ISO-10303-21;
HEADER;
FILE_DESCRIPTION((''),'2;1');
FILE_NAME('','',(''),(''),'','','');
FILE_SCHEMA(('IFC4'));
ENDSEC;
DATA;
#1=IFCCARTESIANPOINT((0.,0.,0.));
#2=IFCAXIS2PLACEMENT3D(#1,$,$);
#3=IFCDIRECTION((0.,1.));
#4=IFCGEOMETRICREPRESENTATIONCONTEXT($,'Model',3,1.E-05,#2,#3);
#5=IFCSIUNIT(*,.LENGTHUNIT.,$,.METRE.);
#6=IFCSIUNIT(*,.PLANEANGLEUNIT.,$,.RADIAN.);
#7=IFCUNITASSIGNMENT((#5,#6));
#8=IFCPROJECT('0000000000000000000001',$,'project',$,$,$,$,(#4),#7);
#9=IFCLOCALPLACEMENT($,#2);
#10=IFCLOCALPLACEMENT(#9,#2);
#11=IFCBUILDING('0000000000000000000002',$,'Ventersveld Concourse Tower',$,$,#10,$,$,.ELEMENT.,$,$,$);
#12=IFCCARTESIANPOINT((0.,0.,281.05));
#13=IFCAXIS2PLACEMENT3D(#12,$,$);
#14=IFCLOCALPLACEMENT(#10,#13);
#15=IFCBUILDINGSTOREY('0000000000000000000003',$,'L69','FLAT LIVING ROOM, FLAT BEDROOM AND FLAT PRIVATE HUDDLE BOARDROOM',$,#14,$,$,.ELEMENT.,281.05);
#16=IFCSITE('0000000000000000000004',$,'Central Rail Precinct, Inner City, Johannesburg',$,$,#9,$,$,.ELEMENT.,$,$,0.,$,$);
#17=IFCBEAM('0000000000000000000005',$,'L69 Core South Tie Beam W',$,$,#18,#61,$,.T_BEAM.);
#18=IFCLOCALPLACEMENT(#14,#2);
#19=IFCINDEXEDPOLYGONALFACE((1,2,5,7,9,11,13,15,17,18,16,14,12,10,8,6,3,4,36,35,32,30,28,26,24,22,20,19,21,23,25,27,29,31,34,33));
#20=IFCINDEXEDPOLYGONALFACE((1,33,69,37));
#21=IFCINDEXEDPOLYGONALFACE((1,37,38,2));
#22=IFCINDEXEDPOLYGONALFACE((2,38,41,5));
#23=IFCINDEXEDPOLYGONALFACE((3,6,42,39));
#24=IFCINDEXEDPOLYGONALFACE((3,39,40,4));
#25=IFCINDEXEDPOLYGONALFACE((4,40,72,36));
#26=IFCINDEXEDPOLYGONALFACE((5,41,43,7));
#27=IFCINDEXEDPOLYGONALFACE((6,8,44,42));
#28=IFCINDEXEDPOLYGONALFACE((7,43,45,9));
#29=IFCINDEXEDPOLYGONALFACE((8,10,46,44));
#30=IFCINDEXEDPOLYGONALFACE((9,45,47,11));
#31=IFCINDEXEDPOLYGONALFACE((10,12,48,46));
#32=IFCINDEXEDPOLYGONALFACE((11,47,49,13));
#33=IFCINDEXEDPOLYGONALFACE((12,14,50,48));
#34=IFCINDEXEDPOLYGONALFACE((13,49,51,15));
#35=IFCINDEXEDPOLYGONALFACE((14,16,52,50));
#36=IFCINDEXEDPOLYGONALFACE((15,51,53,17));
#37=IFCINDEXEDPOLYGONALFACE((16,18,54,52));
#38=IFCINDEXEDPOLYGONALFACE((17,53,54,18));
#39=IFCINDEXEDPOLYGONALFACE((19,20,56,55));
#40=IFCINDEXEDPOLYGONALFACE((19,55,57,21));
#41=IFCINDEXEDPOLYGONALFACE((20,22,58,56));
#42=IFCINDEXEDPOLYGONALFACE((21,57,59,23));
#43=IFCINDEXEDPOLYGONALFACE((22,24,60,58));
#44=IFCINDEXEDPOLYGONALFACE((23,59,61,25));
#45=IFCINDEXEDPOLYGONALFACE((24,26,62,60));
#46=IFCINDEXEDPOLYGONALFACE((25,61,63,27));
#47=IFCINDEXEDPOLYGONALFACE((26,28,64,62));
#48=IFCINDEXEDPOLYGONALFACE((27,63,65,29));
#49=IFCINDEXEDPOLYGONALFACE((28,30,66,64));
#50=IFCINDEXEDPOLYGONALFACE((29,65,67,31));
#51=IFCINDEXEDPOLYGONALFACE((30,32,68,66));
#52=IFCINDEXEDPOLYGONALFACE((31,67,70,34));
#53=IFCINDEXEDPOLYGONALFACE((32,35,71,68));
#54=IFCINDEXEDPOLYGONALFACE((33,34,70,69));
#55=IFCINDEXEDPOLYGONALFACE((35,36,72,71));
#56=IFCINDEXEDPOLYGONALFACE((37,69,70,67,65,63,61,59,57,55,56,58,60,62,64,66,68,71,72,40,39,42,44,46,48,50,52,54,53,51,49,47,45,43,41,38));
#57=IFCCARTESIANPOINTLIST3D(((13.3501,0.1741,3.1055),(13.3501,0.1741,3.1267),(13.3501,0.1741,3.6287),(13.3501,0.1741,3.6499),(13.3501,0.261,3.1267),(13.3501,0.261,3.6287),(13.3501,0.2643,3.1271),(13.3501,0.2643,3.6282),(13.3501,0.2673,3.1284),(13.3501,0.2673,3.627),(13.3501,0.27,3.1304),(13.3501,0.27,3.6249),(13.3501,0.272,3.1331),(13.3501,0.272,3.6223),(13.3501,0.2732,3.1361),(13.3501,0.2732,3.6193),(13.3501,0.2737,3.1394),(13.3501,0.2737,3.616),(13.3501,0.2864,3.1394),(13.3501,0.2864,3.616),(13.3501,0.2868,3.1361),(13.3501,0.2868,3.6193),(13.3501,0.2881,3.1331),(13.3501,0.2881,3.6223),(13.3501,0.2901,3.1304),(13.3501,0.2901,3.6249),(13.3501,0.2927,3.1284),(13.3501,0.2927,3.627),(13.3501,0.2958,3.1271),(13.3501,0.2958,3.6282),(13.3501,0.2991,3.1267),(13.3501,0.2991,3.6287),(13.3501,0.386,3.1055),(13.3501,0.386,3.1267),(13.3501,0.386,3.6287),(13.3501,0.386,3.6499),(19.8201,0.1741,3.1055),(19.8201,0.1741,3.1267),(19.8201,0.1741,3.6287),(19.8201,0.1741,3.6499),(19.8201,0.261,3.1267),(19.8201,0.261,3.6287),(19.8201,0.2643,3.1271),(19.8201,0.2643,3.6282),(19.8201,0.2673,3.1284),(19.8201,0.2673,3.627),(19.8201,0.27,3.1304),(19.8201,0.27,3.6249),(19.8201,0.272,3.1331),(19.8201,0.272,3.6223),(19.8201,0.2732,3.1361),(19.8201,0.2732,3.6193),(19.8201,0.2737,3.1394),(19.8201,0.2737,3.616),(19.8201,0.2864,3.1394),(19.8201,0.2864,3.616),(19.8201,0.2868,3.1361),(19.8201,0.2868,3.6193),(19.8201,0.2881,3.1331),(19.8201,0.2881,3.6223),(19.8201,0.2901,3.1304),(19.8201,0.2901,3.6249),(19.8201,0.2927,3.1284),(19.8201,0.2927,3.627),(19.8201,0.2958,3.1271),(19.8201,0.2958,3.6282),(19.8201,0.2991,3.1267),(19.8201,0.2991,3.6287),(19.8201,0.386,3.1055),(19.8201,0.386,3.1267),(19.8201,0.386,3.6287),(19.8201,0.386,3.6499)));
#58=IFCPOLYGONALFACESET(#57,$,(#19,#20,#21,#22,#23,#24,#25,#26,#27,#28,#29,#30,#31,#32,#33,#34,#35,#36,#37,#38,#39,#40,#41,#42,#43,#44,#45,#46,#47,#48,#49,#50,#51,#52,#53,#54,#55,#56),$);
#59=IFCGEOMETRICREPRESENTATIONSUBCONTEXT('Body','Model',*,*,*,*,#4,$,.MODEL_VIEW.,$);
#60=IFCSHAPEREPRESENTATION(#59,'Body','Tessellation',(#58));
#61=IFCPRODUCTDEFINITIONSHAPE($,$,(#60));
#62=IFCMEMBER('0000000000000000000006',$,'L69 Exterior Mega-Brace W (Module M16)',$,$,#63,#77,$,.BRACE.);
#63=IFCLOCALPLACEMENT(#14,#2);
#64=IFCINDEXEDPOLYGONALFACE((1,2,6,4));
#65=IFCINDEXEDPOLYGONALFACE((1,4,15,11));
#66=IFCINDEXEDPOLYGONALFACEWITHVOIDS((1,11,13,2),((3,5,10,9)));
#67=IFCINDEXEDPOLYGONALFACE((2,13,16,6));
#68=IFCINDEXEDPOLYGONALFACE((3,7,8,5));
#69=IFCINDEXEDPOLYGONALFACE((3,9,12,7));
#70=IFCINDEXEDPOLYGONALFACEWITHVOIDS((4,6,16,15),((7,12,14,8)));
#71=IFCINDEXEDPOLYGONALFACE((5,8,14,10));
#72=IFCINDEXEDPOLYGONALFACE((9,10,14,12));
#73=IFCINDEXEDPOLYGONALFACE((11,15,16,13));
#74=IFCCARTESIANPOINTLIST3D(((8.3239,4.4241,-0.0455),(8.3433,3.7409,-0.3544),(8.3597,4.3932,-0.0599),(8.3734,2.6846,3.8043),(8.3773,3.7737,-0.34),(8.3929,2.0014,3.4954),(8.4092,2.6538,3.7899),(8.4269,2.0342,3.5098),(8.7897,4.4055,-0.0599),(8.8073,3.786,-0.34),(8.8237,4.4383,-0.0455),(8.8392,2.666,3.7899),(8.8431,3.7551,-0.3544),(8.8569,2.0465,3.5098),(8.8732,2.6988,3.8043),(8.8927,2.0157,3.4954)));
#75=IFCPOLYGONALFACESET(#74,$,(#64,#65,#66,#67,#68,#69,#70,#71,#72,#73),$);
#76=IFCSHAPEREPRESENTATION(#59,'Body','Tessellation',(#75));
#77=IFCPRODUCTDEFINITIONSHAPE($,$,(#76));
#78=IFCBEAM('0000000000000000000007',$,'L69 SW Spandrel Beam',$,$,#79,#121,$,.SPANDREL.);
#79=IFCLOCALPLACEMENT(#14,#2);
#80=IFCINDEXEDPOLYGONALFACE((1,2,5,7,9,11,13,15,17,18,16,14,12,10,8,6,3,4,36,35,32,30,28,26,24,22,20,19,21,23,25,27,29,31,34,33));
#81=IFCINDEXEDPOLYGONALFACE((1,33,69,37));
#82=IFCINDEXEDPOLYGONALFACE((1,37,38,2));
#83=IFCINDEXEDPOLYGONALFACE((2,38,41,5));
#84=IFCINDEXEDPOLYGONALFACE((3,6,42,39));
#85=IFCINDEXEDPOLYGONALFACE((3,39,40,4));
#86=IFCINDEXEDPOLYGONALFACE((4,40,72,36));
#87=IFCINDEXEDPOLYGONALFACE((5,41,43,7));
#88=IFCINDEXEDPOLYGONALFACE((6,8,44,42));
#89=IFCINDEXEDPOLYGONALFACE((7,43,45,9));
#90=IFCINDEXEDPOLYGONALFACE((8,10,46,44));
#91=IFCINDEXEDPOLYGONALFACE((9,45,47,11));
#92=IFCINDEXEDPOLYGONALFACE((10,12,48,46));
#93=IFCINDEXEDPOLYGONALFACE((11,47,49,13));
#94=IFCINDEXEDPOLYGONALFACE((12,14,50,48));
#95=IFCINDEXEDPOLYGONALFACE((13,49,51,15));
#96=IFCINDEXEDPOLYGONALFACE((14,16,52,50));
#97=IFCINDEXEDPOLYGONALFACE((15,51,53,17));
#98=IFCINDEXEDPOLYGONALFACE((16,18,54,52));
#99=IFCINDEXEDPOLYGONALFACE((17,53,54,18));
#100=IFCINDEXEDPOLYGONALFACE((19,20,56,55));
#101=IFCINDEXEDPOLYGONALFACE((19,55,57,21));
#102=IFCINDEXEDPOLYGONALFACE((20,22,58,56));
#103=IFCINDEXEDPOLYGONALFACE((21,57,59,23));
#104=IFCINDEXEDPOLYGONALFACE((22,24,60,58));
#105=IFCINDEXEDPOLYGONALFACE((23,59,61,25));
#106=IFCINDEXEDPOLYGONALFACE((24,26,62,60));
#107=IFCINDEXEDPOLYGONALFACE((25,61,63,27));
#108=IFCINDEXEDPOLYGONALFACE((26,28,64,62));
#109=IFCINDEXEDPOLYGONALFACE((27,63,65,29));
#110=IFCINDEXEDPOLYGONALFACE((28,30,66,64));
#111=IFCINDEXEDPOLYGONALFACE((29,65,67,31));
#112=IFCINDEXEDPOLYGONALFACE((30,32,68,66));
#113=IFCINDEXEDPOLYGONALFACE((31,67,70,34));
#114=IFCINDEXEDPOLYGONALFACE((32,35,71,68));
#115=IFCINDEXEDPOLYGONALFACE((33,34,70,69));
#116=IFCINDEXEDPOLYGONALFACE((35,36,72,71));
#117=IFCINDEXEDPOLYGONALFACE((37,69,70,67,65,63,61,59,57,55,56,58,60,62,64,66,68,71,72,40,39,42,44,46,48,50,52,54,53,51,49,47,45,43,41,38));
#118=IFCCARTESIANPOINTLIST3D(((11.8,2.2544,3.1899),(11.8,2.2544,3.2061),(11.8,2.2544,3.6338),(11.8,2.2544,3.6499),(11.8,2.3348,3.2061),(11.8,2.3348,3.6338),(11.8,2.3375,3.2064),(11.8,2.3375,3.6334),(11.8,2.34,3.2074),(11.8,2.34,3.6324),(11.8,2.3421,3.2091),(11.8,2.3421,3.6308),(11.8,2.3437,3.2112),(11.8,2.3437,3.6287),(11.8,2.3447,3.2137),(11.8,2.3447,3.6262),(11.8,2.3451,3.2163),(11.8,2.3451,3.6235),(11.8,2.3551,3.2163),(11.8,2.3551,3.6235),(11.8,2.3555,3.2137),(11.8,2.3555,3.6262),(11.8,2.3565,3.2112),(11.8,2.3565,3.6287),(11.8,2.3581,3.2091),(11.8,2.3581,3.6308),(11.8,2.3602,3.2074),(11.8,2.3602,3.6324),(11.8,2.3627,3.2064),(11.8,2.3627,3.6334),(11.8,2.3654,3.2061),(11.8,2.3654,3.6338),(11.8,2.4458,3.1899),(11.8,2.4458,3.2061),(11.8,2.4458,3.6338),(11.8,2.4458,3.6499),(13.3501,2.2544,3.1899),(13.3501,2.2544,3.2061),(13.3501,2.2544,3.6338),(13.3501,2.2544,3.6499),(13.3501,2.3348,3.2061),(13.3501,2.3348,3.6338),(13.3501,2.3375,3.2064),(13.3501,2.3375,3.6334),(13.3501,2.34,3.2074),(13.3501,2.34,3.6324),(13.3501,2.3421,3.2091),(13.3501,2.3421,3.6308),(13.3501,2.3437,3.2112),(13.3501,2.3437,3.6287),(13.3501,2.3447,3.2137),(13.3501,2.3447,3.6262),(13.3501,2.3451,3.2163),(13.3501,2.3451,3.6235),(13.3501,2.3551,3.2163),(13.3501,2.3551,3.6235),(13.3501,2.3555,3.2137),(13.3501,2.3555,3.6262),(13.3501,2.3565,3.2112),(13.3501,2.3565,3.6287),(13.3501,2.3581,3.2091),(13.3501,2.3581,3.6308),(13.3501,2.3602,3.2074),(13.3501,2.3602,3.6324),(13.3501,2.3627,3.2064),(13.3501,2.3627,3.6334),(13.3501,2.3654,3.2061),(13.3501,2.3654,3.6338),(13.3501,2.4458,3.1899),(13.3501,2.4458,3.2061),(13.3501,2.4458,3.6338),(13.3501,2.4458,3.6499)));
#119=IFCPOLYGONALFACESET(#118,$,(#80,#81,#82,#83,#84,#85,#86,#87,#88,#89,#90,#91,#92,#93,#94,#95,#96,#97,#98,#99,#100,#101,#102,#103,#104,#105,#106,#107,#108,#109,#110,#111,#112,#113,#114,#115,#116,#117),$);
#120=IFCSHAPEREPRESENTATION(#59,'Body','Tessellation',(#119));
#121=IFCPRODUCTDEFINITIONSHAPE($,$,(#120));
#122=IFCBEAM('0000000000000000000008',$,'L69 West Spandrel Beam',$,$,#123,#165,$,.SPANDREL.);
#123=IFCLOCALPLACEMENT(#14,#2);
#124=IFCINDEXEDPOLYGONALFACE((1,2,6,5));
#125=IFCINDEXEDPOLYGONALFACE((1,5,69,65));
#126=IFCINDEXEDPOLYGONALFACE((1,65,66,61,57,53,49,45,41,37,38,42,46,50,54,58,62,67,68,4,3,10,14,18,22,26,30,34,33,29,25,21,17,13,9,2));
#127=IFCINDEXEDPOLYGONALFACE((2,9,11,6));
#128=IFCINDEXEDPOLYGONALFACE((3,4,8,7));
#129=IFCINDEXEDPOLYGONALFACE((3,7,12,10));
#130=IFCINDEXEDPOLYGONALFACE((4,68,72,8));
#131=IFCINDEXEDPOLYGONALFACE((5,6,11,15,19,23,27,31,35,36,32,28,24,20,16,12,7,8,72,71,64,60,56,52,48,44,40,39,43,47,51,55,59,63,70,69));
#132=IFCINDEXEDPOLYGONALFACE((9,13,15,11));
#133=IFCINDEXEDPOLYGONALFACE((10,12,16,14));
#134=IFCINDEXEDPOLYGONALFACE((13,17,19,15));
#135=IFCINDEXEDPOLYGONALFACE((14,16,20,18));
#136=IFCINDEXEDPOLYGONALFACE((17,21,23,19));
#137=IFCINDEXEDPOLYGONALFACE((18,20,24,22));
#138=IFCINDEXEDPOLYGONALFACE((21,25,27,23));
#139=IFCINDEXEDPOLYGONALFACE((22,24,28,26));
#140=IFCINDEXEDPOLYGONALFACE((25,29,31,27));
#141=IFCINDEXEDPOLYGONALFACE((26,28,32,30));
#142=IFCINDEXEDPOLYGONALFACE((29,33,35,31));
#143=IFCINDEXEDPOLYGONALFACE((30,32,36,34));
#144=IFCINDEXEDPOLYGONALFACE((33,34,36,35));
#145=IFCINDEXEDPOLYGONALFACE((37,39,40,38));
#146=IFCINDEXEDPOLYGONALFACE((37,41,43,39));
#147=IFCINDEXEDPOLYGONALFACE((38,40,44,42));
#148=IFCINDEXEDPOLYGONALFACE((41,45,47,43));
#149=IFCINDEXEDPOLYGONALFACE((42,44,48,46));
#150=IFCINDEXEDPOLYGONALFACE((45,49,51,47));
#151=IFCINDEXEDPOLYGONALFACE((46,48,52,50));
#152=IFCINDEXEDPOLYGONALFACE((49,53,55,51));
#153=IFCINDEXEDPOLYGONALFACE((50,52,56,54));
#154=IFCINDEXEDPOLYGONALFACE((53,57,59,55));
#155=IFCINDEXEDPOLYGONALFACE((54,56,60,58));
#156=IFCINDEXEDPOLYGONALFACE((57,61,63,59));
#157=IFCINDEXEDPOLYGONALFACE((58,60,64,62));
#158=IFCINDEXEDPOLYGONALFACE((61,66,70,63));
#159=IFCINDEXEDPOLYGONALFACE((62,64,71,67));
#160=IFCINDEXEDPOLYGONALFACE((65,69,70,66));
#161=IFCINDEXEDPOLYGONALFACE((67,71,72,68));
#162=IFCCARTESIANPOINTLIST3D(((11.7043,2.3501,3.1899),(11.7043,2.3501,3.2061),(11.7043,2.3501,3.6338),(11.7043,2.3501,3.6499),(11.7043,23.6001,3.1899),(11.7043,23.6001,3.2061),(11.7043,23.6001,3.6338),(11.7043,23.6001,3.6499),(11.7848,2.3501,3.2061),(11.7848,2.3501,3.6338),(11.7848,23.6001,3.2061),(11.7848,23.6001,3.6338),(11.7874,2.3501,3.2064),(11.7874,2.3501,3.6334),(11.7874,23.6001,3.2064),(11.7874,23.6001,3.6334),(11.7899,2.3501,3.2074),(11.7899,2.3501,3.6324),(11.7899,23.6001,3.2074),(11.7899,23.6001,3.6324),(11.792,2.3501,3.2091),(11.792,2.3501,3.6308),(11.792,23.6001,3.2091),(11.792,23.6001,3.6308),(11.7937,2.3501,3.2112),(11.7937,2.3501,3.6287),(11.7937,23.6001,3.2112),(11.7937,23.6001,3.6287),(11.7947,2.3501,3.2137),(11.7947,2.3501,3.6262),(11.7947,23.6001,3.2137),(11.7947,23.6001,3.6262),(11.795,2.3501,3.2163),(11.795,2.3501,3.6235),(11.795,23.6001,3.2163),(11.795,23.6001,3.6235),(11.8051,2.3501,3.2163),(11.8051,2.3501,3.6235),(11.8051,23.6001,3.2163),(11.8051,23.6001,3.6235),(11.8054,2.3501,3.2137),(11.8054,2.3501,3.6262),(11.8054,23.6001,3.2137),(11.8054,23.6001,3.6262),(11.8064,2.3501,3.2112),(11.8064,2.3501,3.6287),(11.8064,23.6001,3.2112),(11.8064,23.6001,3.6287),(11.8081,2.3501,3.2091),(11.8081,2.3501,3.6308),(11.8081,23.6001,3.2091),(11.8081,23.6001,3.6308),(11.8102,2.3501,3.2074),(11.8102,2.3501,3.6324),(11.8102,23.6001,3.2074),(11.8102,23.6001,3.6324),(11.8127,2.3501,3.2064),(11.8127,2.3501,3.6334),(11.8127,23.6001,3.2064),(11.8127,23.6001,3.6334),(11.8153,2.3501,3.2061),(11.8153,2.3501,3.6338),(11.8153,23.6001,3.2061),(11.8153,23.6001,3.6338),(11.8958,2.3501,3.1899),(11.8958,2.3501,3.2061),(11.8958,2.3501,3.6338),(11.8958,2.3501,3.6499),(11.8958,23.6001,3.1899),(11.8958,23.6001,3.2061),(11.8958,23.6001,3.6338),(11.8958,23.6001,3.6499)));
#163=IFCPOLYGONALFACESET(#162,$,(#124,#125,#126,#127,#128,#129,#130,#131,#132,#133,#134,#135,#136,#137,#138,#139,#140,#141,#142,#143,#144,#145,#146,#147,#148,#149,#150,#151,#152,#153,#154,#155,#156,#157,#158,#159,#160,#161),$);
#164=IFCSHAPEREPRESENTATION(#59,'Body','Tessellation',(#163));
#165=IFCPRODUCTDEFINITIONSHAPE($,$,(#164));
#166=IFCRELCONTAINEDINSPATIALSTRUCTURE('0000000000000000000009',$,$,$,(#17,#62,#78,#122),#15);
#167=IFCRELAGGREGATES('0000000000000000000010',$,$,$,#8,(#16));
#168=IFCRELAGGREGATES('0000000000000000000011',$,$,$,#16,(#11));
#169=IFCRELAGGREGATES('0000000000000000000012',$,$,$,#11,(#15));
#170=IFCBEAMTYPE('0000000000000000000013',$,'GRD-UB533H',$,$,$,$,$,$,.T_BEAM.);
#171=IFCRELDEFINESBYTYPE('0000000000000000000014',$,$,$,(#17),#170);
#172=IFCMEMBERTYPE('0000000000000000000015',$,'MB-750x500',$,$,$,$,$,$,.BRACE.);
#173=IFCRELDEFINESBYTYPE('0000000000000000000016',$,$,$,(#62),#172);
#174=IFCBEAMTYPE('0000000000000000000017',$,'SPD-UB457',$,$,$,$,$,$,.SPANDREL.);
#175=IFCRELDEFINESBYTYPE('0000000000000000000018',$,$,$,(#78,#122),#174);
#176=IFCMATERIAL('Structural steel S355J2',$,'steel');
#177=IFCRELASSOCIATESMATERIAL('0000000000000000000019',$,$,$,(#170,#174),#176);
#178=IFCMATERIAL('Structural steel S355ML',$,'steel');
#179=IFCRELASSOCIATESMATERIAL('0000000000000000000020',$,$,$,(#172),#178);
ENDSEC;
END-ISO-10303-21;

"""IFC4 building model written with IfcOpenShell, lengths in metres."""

from ifc_helpers import new_model, si_unit, direction, frame, origin, origin_2d, place, context, subcontext, project, spatial, hollow_rectangle, i_section, extrude, material, material_profile, profile_set, type_object, element, save


model = new_model("IFC4")

# Units and contexts
model_context = context("Model", 3, precision=1e-05, world=origin(), true_north=direction((0.0, 1.0)))
body_context = subcontext(model_context, "Body", "Model", "MODEL_VIEW")
ifc_project = project(units=[si_unit("LENGTHUNIT", "METRE"), si_unit("PLANEANGLEUNIT", "RADIAN")], contexts=[model_context])

# Site, building, storey
site_placement = place(None, origin())
site = spatial("IfcSite", under=ifc_project, at=site_placement, Name="Central Rail Precinct, Inner City, Johannesburg", CompositionType="ELEMENT", RefElevation=0.0)
building_placement = place(site_placement, origin())
building = spatial("IfcBuilding", under=site, at=building_placement, Name="Ventersveld Concourse Tower", CompositionType="ELEMENT")
storey_placement = place(building_placement, frame((0.0, 0.0, 281.05)))
storey = spatial("IfcBuildingStorey", under=building, at=storey_placement, Name="L69", Description="FLAT LIVING ROOM, FLAT BEDROOM AND FLAT PRIVATE HUDDLE BOARDROOM", CompositionType="ELEMENT", Elevation=281.05)

# Beam
ifc_material_1 = material(Name="Structural steel S355J2", Category="steel")
ifc_material_profile_1 = material_profile(ifc_material_1, i_section(OverallWidth=0.2119, OverallDepth=0.5444, WebThickness=0.0127, FlangeThickness=0.0212, FilletRadius=0.0127, at=origin_2d()), Name="UB 533x210x122")
ifc_profile_set_1 = profile_set([ifc_material_profile_1], Name="Structural steel S355J2")
beam_type_1 = type_object("IfcBeamType", Name="GRD-UB533H", PredefinedType="T_BEAM", material=ifc_profile_set_1)
beam_1_placement = place(storey_placement, frame((13.3501, 0.28, 3.3777), z_axis=(1.0, 0.0, 0.0), x_axis=(0.0, 1.0, 0.0)))
element("IfcBeam", 1, at=beam_1_placement, inside=storey, type_object=beam_type_1, Name="L69 Core South Tie Beam W", PredefinedType="T_BEAM", context=body_context, shape_type="SweptSolid", body=[
    extrude(i_section(OverallWidth=0.2119, OverallDepth=0.5444, WebThickness=0.0127, FlangeThickness=0.0212, FilletRadius=0.0127, at=origin_2d()), origin(), (0.0, 0.0, 1.0), 6.47),
])

# Member
ifc_material_2 = material(Name="Structural steel S355ML", Category="steel")
ifc_material_profile_2 = material_profile(ifc_material_2, hollow_rectangle(XDim=0.5, YDim=0.75, WallThickness=0.0349, at=origin_2d()), Name="BOX 750x500x35")
ifc_profile_set_2 = profile_set([ifc_material_profile_2], Name="Structural steel S355ML")
member_type = type_object("IfcMemberType", Name="MB-750x500", PredefinedType="BRACE", material=ifc_profile_set_2)
member_placement = place(storey_placement, frame((8.5835, 4.0896, -0.2), z_axis=(0.011731, -0.411727, 0.911232), x_axis=(0.999594, 0.02848, 0.0)))
element("IfcMember", 2, at=member_placement, inside=storey, type_object=member_type, Name="L69 Exterior Mega-Brace W (Module M16)", PredefinedType="BRACE", context=body_context, shape_type="SweptSolid", body=[
    extrude(hollow_rectangle(XDim=0.5, YDim=0.75, WallThickness=0.0349, at=origin_2d()), origin(), (0.0, 0.0, 1.0), 4.2249),
])

# Beams
ifc_material_profile_3 = material_profile(ifc_material_1, i_section(OverallWidth=0.1914, OverallDepth=0.46, WebThickness=0.01, FlangeThickness=0.0161, FilletRadius=0.0103, at=origin_2d()), Name="UB 457x191x82")
ifc_profile_set_3 = profile_set([ifc_material_profile_3], Name="Structural steel S355J2")
beam_type_2 = type_object("IfcBeamType", Name="SPD-UB457", PredefinedType="SPANDREL", material=ifc_profile_set_3)
beam_2_placement = place(storey_placement, frame((11.8, 2.3501, 3.4199), z_axis=(1.0, 0.0, 0.0), x_axis=(0.0, 1.0, 0.0)))
element("IfcBeam", 3, at=beam_2_placement, inside=storey, type_object=beam_type_2, Name="L69 SW Spandrel Beam", PredefinedType="SPANDREL", context=body_context, shape_type="SweptSolid", body=[
    extrude(i_section(OverallWidth=0.1914, OverallDepth=0.46, WebThickness=0.01, FlangeThickness=0.0161, FilletRadius=0.0103, at=origin_2d()), origin(), (0.0, 0.0, 1.0), 1.55),
])
beam_3_placement = place(storey_placement, frame((11.8, 2.3501, 3.4199), z_axis=(0.0, 1.0, 0.0), x_axis=(-1.0, 0.0, 0.0)))
element("IfcBeam", 4, at=beam_3_placement, inside=storey, type_object=beam_type_2, Name="L69 West Spandrel Beam", PredefinedType="SPANDREL", context=body_context, shape_type="SweptSolid", body=[
    extrude(i_section(OverallWidth=0.1914, OverallDepth=0.46, WebThickness=0.01, FlangeThickness=0.0161, FilletRadius=0.0103, at=origin_2d()), origin(), (0.0, 0.0, 1.0), 21.25),
])

save(model, "model.ifc")
